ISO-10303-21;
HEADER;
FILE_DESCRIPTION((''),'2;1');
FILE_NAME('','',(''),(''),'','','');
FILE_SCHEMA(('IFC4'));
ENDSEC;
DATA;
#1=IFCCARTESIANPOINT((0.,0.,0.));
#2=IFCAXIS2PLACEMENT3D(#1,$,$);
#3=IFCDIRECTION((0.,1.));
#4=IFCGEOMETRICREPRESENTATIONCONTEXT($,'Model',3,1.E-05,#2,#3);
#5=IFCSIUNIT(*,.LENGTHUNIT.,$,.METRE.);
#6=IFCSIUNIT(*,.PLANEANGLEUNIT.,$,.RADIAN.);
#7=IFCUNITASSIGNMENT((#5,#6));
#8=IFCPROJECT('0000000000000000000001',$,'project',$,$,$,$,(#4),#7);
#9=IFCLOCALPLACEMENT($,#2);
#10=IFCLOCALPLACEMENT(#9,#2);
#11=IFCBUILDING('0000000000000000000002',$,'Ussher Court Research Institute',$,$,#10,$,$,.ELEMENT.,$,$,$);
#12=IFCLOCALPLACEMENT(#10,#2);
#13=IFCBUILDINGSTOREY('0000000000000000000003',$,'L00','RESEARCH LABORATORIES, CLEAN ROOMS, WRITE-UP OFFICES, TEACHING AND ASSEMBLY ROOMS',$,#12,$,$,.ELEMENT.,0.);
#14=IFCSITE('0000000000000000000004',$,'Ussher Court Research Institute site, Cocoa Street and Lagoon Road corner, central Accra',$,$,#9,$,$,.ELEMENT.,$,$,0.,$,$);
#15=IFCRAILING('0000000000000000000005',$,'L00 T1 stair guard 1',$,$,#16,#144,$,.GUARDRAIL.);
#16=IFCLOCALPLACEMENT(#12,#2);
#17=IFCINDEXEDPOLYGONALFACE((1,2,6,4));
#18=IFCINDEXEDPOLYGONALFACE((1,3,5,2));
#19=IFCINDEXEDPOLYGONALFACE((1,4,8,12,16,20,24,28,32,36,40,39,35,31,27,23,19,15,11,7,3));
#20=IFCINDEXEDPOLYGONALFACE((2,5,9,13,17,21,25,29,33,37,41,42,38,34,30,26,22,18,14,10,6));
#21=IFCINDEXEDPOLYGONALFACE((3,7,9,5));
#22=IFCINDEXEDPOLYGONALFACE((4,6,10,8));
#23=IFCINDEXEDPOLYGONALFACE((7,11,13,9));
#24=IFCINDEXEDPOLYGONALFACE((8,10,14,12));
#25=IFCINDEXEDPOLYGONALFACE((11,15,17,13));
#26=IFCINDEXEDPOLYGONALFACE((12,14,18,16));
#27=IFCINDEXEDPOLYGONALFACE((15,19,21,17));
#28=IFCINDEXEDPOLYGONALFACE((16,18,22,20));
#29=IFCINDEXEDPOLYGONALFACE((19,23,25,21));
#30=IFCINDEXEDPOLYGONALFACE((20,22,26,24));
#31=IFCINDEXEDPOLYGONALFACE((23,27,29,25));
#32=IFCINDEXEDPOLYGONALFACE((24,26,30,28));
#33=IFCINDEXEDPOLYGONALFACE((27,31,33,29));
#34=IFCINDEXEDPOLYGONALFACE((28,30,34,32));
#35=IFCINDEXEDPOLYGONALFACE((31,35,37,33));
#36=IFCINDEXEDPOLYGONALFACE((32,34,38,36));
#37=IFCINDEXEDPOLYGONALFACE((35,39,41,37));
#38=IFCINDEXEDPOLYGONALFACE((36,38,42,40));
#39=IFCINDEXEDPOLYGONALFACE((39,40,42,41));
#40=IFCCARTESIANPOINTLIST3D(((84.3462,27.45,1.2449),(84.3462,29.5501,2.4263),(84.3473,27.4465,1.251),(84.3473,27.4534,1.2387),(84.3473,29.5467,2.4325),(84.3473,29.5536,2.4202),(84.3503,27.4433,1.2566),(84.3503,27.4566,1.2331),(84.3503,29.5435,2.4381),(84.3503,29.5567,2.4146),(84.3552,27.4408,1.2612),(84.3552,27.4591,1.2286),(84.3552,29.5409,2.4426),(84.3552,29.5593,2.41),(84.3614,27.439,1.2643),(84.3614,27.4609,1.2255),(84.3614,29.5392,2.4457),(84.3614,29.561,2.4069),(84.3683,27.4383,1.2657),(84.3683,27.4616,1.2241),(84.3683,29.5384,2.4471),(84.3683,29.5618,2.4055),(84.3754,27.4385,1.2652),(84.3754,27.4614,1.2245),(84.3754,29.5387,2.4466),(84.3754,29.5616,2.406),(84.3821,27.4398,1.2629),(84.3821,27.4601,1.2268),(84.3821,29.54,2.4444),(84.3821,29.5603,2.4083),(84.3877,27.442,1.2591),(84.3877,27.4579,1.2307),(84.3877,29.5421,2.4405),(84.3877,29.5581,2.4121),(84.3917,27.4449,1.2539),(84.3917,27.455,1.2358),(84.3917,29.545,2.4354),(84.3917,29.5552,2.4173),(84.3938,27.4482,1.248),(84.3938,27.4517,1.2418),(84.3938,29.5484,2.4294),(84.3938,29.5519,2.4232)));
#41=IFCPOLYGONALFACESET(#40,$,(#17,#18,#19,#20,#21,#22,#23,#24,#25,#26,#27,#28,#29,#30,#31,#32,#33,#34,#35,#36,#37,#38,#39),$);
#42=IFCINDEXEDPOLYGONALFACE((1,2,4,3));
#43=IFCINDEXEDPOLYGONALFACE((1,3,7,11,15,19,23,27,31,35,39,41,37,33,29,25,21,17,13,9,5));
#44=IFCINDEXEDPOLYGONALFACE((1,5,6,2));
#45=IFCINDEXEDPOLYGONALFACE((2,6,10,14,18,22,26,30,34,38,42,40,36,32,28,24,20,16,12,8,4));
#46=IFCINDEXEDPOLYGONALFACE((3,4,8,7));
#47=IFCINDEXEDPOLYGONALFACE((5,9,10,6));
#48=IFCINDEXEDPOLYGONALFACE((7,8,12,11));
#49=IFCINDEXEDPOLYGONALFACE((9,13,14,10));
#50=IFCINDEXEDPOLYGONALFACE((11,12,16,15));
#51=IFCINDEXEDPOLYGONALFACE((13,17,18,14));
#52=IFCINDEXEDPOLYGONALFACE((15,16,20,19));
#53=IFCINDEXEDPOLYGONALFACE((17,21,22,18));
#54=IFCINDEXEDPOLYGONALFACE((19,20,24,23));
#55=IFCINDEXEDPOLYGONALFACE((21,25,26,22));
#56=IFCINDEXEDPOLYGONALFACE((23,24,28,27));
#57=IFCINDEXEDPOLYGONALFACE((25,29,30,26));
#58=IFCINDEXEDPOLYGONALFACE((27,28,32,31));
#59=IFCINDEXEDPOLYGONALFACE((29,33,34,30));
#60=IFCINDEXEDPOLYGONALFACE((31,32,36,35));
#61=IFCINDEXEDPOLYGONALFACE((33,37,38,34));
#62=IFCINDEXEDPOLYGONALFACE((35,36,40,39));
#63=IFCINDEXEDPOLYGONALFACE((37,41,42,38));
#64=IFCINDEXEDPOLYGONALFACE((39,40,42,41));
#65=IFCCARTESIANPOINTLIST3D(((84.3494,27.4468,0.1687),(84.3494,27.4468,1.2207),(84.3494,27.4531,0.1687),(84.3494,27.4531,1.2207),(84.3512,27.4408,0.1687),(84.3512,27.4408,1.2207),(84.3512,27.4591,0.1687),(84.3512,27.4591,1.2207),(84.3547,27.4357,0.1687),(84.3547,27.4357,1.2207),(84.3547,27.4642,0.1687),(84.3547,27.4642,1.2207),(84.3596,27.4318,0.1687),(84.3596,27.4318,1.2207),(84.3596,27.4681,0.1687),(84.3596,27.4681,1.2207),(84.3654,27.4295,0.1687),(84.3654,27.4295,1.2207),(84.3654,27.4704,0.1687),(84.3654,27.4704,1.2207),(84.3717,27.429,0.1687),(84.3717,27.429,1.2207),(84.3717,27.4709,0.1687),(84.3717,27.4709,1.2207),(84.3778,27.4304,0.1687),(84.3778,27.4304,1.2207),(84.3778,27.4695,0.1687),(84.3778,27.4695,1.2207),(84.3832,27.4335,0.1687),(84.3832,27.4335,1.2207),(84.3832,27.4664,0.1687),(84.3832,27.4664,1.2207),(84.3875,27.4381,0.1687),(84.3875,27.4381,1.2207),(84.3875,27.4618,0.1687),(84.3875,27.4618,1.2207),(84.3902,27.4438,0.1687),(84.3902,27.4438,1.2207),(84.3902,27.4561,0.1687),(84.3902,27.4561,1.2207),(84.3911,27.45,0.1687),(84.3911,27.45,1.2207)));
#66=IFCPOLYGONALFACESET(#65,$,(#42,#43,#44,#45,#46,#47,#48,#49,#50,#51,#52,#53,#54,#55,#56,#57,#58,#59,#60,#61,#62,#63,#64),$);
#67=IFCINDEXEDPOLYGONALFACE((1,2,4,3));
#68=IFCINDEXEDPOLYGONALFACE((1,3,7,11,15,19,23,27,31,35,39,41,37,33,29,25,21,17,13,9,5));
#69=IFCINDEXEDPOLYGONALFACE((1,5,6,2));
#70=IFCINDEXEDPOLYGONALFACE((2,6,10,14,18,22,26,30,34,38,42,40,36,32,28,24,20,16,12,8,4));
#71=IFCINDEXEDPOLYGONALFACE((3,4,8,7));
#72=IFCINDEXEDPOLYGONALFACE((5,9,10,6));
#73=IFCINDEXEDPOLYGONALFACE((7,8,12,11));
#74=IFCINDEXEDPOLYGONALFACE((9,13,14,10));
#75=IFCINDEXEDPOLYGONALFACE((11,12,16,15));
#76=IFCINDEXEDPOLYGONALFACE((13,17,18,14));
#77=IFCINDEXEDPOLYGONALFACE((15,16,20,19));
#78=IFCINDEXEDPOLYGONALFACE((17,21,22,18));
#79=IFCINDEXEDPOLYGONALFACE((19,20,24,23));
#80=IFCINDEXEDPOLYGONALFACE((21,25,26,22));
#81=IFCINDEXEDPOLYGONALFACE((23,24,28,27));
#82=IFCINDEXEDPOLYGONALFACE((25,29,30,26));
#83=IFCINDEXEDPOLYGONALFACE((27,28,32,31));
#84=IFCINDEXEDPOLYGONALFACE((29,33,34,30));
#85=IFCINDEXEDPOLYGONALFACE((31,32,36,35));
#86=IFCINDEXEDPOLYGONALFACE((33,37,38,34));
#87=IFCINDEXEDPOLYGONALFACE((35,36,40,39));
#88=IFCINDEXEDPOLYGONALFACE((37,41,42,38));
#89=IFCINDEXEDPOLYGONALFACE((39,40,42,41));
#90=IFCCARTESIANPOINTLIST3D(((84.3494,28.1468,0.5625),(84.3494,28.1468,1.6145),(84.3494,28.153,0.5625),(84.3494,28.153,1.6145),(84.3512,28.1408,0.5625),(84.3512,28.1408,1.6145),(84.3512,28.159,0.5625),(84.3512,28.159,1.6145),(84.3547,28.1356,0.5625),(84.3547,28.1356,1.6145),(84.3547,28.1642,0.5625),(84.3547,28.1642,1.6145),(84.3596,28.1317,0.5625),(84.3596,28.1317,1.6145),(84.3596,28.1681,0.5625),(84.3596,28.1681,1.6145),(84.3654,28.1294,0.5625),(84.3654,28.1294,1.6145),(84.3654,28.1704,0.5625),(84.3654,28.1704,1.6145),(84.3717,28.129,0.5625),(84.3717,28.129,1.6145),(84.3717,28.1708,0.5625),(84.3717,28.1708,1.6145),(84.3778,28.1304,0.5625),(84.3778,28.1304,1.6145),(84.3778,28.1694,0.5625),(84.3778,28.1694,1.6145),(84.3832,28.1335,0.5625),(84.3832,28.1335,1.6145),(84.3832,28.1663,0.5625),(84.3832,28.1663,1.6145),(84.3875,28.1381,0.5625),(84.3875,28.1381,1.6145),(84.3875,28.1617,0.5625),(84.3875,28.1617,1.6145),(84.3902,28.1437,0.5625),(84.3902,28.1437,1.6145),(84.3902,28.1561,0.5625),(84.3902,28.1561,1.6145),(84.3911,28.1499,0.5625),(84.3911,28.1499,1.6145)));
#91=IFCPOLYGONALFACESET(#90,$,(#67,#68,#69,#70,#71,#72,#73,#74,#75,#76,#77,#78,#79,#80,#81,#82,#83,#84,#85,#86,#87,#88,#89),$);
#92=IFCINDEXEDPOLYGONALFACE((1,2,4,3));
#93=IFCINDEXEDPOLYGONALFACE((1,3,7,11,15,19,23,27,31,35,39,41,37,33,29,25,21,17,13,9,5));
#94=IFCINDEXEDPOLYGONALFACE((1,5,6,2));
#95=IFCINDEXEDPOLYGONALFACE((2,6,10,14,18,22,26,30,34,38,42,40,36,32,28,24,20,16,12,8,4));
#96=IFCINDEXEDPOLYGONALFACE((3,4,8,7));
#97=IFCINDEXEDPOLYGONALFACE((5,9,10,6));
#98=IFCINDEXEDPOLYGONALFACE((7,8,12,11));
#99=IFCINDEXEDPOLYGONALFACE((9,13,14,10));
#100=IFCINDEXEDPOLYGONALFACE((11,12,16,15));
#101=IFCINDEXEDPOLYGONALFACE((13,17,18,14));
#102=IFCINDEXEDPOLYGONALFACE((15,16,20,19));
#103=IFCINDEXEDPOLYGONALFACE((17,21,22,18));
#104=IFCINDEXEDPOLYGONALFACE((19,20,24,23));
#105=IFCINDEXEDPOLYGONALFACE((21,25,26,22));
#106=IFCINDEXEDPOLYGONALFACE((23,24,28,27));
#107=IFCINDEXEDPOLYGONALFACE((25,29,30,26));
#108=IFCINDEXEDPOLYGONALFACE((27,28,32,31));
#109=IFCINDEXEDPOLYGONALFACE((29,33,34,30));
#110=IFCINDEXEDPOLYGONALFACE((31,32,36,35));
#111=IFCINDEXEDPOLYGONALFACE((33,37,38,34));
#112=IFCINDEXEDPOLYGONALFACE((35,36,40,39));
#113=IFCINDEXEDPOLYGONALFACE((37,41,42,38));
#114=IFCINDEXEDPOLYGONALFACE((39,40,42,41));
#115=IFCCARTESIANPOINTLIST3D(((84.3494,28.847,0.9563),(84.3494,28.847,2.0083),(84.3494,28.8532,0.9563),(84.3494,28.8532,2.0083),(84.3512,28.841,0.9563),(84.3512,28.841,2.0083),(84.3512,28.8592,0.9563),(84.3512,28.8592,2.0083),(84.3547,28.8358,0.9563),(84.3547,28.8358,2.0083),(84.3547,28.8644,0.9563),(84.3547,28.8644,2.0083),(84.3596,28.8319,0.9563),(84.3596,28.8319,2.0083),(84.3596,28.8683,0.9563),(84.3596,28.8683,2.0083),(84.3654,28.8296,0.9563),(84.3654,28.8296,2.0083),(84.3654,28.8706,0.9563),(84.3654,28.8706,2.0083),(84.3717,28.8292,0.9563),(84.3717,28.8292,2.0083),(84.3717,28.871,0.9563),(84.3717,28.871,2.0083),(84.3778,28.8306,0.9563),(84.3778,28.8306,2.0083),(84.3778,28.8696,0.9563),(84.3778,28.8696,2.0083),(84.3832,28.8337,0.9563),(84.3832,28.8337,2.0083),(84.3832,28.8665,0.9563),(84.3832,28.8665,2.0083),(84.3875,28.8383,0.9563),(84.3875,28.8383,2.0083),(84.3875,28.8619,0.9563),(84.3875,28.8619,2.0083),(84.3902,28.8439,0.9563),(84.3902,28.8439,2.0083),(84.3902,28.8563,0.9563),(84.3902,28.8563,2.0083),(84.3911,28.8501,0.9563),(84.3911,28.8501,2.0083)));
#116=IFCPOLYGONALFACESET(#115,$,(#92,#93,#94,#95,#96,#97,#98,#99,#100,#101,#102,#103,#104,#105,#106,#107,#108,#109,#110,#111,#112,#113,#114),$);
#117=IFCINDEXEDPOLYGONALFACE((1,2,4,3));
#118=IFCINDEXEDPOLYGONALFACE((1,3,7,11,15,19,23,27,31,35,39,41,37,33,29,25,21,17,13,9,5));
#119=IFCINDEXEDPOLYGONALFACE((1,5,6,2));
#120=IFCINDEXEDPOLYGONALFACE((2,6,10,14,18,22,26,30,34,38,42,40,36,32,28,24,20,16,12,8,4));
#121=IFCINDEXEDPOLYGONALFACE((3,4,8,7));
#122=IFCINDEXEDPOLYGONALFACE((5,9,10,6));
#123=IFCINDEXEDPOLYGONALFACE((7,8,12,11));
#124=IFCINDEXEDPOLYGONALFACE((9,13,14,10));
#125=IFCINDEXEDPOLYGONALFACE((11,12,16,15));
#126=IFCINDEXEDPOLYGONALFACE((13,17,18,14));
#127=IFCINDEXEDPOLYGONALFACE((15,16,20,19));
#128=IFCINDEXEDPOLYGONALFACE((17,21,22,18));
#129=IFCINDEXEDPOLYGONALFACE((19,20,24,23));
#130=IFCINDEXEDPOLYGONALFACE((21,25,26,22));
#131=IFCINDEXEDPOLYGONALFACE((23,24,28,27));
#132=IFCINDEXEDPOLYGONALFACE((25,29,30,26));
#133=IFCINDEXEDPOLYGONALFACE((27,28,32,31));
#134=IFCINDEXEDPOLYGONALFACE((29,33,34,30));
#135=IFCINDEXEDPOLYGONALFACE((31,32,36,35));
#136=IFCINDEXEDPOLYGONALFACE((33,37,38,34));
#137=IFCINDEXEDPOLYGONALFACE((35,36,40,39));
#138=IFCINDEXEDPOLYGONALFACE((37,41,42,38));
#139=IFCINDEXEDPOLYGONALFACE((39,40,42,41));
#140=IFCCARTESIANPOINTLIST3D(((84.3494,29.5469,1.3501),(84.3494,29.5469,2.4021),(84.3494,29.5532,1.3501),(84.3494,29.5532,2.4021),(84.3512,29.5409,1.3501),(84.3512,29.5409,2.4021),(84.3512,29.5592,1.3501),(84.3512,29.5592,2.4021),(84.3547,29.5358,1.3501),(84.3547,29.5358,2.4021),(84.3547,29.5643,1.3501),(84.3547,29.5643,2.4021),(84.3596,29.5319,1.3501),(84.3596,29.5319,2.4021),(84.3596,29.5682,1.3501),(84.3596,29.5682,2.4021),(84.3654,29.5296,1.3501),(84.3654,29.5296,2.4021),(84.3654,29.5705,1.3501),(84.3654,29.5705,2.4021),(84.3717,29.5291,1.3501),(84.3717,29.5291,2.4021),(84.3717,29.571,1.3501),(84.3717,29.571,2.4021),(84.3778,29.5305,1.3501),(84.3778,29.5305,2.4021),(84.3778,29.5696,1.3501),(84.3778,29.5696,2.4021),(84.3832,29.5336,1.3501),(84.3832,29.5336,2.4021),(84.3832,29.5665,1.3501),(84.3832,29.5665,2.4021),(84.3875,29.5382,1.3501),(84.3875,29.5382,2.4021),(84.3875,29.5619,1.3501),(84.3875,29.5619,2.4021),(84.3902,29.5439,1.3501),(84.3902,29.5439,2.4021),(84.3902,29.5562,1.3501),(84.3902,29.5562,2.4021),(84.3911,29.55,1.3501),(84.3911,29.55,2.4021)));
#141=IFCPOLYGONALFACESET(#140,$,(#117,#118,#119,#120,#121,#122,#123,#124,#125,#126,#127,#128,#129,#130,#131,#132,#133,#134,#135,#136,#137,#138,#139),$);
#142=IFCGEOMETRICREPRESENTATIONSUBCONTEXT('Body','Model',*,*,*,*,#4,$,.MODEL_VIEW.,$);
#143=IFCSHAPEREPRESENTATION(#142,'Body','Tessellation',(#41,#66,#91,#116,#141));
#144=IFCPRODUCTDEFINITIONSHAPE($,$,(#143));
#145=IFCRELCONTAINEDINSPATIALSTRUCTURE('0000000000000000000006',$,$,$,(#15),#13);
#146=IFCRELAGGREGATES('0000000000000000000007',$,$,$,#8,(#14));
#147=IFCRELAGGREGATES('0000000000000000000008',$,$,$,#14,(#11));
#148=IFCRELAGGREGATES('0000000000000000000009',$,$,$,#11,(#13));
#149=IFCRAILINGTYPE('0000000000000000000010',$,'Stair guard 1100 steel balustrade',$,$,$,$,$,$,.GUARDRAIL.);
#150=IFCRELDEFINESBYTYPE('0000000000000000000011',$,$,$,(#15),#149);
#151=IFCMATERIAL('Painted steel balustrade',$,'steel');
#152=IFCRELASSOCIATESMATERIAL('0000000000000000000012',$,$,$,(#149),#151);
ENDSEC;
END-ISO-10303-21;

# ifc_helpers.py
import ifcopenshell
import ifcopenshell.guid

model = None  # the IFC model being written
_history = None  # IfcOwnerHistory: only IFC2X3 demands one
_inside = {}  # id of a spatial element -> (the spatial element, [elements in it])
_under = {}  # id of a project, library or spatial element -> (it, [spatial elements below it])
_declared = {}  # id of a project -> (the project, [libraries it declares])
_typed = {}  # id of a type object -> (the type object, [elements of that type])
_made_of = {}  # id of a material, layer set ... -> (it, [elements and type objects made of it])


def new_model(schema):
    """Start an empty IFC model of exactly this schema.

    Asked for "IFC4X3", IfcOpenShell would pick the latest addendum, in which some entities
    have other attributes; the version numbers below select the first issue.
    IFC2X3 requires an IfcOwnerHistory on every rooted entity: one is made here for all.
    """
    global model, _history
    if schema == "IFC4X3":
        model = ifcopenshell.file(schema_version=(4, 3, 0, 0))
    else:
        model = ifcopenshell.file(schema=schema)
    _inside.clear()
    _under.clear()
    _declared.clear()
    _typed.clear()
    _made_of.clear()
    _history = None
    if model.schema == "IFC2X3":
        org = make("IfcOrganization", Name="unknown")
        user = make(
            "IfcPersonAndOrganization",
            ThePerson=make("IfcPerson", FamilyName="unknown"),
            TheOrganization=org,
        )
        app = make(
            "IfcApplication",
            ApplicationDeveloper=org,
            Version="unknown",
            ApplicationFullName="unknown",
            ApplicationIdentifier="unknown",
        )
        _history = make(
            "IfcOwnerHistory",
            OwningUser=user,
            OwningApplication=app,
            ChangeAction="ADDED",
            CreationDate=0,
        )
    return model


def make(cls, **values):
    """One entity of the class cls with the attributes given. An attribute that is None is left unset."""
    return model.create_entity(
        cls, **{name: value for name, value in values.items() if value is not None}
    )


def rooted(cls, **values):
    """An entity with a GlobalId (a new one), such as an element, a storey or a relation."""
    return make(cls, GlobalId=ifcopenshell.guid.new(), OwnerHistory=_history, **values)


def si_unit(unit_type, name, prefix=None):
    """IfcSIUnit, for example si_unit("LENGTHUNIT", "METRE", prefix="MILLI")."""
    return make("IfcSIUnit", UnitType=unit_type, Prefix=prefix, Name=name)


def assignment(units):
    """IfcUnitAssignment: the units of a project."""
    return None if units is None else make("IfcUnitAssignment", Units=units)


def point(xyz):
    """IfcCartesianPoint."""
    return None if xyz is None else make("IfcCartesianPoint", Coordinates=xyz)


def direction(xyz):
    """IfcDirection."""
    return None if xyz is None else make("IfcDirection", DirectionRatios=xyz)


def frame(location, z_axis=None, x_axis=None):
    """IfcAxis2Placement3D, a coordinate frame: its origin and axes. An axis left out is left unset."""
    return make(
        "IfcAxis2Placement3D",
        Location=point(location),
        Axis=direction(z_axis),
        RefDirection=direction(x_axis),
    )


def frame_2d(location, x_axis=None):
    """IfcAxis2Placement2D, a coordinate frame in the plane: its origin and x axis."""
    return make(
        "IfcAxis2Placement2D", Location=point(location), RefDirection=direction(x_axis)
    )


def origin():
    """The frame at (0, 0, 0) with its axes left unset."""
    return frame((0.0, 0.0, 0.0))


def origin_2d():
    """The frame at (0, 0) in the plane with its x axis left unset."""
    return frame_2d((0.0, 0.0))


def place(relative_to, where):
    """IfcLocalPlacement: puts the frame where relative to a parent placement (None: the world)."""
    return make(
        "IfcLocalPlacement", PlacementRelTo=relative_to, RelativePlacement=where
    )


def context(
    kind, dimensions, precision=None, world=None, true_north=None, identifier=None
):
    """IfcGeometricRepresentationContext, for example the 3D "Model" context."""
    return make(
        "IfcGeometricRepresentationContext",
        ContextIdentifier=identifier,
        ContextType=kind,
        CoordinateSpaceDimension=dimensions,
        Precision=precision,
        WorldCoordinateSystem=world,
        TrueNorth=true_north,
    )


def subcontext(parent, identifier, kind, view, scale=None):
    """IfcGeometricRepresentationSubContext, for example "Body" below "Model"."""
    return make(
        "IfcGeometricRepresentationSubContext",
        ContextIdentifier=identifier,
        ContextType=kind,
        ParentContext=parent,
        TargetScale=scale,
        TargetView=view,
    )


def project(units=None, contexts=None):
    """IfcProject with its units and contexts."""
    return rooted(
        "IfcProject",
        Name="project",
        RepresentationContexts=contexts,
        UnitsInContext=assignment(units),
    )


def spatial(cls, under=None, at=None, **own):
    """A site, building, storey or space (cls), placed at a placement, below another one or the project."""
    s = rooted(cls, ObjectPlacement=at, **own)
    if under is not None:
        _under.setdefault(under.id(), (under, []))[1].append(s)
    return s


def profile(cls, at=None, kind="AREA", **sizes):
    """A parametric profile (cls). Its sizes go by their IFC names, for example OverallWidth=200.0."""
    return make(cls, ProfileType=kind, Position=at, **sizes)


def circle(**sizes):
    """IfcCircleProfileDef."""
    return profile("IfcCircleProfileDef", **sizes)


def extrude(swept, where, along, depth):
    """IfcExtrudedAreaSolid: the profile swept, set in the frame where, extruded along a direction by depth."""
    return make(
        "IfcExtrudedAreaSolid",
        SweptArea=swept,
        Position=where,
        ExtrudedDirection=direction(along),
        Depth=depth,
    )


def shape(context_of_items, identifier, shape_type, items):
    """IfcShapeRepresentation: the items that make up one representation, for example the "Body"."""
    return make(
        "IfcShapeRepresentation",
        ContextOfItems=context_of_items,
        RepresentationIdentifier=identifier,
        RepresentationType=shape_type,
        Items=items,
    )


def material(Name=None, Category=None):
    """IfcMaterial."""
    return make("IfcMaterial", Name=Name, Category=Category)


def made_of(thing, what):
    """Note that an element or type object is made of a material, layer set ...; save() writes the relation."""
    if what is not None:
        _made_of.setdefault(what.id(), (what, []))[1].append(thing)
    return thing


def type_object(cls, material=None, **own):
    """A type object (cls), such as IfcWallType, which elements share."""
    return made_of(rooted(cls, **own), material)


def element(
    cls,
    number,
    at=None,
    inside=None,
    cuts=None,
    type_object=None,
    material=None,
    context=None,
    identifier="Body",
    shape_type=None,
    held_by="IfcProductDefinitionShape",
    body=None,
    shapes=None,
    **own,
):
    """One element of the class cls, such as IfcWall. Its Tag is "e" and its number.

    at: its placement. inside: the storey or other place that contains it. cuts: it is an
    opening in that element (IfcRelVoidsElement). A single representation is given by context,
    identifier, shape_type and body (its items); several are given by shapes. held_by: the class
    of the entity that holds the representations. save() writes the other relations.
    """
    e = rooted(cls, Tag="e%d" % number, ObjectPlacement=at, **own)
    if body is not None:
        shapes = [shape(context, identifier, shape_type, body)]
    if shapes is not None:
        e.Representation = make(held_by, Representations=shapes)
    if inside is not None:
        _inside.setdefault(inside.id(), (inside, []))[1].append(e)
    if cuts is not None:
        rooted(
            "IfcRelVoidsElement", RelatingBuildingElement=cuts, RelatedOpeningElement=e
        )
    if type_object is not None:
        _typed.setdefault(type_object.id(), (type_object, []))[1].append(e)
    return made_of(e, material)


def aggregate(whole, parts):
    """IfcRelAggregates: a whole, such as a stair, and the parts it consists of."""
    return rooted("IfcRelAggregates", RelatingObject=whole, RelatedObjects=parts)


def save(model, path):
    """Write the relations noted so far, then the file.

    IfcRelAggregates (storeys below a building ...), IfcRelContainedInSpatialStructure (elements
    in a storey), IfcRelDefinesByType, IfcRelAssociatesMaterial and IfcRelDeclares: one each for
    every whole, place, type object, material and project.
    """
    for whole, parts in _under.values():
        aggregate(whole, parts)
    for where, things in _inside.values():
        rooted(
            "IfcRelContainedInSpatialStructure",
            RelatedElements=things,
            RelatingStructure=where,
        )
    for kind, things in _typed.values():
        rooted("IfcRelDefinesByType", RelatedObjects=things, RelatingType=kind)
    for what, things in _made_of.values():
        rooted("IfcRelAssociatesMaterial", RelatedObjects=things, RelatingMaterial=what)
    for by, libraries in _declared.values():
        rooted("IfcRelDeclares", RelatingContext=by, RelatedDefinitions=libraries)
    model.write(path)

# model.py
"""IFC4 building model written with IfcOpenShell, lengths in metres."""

from ifc_helpers import new_model, si_unit, direction, frame, origin, origin_2d, place, context, subcontext, project, spatial, circle, extrude, material, type_object, element, save


model = new_model("IFC4")

# Units and contexts
model_context = context("Model", 3, precision=1e-05, world=origin(), true_north=direction((0.0, 1.0)))
body_context = subcontext(model_context, "Body", "Model", "MODEL_VIEW")
ifc_project = project(units=[si_unit("LENGTHUNIT", "METRE"), si_unit("PLANEANGLEUNIT", "RADIAN")], contexts=[model_context])

# Site, building, storey
site_placement = place(None, origin())
site = spatial("IfcSite", under=ifc_project, at=site_placement, Name="Ussher Court Research Institute site, Cocoa Street and Lagoon Road corner, central Accra", CompositionType="ELEMENT", RefElevation=0.0)
building_placement = place(site_placement, origin())
building = spatial("IfcBuilding", under=site, at=building_placement, Name="Ussher Court Research Institute", CompositionType="ELEMENT")
storey_placement = place(building_placement, origin())
storey = spatial("IfcBuildingStorey", under=building, at=storey_placement, Name="L00", Description="RESEARCH LABORATORIES, CLEAN ROOMS, WRITE-UP OFFICES, TEACHING AND ASSEMBLY ROOMS", CompositionType="ELEMENT", Elevation=0.0)

# Railing
ifc_material_1 = material(Name="Painted steel balustrade", Category="steel")
railing_type_1 = type_object("IfcRailingType", Name="Stair guard 1100 steel balustrade", PredefinedType="GUARDRAIL", material=ifc_material_1)
railing_1_placement = place(storey_placement, frame((84.3701, 27.45, 0.1687)))
element("IfcRailing", 1, at=railing_1_placement, inside=storey, type_object=railing_type_1, Name="L00 T1 stair guard 1", PredefinedType="GUARDRAIL", context=body_context, shape_type="SweptSolid", body=[
    extrude(circle(Radius=0.0239, at=origin_2d()), frame((0.0, 0.0, 1.0762), z_axis=(0.0, 0.871559, 0.49029), x_axis=(-1.0, 0.0, 0.0)), (0.0, 0.0, 1.0), 2.4097),
    extrude(circle(Radius=0.021, at=origin_2d()), origin(), (0.0, 0.0, 1.0), 1.052),
    extrude(circle(Radius=0.021, at=origin_2d()), frame((0.0, 0.7, 0.3938)), (0.0, 0.0, 1.0), 1.052),
    extrude(circle(Radius=0.021, at=origin_2d()), frame((0.0, 1.4001, 0.7876)), (0.0, 0.0, 1.0), 1.052),
    extrude(circle(Radius=0.021, at=origin_2d()), frame((0.0, 2.1001, 1.1814)), (0.0, 0.0, 1.0), 1.052),
])

save(model, "model.ifc")
